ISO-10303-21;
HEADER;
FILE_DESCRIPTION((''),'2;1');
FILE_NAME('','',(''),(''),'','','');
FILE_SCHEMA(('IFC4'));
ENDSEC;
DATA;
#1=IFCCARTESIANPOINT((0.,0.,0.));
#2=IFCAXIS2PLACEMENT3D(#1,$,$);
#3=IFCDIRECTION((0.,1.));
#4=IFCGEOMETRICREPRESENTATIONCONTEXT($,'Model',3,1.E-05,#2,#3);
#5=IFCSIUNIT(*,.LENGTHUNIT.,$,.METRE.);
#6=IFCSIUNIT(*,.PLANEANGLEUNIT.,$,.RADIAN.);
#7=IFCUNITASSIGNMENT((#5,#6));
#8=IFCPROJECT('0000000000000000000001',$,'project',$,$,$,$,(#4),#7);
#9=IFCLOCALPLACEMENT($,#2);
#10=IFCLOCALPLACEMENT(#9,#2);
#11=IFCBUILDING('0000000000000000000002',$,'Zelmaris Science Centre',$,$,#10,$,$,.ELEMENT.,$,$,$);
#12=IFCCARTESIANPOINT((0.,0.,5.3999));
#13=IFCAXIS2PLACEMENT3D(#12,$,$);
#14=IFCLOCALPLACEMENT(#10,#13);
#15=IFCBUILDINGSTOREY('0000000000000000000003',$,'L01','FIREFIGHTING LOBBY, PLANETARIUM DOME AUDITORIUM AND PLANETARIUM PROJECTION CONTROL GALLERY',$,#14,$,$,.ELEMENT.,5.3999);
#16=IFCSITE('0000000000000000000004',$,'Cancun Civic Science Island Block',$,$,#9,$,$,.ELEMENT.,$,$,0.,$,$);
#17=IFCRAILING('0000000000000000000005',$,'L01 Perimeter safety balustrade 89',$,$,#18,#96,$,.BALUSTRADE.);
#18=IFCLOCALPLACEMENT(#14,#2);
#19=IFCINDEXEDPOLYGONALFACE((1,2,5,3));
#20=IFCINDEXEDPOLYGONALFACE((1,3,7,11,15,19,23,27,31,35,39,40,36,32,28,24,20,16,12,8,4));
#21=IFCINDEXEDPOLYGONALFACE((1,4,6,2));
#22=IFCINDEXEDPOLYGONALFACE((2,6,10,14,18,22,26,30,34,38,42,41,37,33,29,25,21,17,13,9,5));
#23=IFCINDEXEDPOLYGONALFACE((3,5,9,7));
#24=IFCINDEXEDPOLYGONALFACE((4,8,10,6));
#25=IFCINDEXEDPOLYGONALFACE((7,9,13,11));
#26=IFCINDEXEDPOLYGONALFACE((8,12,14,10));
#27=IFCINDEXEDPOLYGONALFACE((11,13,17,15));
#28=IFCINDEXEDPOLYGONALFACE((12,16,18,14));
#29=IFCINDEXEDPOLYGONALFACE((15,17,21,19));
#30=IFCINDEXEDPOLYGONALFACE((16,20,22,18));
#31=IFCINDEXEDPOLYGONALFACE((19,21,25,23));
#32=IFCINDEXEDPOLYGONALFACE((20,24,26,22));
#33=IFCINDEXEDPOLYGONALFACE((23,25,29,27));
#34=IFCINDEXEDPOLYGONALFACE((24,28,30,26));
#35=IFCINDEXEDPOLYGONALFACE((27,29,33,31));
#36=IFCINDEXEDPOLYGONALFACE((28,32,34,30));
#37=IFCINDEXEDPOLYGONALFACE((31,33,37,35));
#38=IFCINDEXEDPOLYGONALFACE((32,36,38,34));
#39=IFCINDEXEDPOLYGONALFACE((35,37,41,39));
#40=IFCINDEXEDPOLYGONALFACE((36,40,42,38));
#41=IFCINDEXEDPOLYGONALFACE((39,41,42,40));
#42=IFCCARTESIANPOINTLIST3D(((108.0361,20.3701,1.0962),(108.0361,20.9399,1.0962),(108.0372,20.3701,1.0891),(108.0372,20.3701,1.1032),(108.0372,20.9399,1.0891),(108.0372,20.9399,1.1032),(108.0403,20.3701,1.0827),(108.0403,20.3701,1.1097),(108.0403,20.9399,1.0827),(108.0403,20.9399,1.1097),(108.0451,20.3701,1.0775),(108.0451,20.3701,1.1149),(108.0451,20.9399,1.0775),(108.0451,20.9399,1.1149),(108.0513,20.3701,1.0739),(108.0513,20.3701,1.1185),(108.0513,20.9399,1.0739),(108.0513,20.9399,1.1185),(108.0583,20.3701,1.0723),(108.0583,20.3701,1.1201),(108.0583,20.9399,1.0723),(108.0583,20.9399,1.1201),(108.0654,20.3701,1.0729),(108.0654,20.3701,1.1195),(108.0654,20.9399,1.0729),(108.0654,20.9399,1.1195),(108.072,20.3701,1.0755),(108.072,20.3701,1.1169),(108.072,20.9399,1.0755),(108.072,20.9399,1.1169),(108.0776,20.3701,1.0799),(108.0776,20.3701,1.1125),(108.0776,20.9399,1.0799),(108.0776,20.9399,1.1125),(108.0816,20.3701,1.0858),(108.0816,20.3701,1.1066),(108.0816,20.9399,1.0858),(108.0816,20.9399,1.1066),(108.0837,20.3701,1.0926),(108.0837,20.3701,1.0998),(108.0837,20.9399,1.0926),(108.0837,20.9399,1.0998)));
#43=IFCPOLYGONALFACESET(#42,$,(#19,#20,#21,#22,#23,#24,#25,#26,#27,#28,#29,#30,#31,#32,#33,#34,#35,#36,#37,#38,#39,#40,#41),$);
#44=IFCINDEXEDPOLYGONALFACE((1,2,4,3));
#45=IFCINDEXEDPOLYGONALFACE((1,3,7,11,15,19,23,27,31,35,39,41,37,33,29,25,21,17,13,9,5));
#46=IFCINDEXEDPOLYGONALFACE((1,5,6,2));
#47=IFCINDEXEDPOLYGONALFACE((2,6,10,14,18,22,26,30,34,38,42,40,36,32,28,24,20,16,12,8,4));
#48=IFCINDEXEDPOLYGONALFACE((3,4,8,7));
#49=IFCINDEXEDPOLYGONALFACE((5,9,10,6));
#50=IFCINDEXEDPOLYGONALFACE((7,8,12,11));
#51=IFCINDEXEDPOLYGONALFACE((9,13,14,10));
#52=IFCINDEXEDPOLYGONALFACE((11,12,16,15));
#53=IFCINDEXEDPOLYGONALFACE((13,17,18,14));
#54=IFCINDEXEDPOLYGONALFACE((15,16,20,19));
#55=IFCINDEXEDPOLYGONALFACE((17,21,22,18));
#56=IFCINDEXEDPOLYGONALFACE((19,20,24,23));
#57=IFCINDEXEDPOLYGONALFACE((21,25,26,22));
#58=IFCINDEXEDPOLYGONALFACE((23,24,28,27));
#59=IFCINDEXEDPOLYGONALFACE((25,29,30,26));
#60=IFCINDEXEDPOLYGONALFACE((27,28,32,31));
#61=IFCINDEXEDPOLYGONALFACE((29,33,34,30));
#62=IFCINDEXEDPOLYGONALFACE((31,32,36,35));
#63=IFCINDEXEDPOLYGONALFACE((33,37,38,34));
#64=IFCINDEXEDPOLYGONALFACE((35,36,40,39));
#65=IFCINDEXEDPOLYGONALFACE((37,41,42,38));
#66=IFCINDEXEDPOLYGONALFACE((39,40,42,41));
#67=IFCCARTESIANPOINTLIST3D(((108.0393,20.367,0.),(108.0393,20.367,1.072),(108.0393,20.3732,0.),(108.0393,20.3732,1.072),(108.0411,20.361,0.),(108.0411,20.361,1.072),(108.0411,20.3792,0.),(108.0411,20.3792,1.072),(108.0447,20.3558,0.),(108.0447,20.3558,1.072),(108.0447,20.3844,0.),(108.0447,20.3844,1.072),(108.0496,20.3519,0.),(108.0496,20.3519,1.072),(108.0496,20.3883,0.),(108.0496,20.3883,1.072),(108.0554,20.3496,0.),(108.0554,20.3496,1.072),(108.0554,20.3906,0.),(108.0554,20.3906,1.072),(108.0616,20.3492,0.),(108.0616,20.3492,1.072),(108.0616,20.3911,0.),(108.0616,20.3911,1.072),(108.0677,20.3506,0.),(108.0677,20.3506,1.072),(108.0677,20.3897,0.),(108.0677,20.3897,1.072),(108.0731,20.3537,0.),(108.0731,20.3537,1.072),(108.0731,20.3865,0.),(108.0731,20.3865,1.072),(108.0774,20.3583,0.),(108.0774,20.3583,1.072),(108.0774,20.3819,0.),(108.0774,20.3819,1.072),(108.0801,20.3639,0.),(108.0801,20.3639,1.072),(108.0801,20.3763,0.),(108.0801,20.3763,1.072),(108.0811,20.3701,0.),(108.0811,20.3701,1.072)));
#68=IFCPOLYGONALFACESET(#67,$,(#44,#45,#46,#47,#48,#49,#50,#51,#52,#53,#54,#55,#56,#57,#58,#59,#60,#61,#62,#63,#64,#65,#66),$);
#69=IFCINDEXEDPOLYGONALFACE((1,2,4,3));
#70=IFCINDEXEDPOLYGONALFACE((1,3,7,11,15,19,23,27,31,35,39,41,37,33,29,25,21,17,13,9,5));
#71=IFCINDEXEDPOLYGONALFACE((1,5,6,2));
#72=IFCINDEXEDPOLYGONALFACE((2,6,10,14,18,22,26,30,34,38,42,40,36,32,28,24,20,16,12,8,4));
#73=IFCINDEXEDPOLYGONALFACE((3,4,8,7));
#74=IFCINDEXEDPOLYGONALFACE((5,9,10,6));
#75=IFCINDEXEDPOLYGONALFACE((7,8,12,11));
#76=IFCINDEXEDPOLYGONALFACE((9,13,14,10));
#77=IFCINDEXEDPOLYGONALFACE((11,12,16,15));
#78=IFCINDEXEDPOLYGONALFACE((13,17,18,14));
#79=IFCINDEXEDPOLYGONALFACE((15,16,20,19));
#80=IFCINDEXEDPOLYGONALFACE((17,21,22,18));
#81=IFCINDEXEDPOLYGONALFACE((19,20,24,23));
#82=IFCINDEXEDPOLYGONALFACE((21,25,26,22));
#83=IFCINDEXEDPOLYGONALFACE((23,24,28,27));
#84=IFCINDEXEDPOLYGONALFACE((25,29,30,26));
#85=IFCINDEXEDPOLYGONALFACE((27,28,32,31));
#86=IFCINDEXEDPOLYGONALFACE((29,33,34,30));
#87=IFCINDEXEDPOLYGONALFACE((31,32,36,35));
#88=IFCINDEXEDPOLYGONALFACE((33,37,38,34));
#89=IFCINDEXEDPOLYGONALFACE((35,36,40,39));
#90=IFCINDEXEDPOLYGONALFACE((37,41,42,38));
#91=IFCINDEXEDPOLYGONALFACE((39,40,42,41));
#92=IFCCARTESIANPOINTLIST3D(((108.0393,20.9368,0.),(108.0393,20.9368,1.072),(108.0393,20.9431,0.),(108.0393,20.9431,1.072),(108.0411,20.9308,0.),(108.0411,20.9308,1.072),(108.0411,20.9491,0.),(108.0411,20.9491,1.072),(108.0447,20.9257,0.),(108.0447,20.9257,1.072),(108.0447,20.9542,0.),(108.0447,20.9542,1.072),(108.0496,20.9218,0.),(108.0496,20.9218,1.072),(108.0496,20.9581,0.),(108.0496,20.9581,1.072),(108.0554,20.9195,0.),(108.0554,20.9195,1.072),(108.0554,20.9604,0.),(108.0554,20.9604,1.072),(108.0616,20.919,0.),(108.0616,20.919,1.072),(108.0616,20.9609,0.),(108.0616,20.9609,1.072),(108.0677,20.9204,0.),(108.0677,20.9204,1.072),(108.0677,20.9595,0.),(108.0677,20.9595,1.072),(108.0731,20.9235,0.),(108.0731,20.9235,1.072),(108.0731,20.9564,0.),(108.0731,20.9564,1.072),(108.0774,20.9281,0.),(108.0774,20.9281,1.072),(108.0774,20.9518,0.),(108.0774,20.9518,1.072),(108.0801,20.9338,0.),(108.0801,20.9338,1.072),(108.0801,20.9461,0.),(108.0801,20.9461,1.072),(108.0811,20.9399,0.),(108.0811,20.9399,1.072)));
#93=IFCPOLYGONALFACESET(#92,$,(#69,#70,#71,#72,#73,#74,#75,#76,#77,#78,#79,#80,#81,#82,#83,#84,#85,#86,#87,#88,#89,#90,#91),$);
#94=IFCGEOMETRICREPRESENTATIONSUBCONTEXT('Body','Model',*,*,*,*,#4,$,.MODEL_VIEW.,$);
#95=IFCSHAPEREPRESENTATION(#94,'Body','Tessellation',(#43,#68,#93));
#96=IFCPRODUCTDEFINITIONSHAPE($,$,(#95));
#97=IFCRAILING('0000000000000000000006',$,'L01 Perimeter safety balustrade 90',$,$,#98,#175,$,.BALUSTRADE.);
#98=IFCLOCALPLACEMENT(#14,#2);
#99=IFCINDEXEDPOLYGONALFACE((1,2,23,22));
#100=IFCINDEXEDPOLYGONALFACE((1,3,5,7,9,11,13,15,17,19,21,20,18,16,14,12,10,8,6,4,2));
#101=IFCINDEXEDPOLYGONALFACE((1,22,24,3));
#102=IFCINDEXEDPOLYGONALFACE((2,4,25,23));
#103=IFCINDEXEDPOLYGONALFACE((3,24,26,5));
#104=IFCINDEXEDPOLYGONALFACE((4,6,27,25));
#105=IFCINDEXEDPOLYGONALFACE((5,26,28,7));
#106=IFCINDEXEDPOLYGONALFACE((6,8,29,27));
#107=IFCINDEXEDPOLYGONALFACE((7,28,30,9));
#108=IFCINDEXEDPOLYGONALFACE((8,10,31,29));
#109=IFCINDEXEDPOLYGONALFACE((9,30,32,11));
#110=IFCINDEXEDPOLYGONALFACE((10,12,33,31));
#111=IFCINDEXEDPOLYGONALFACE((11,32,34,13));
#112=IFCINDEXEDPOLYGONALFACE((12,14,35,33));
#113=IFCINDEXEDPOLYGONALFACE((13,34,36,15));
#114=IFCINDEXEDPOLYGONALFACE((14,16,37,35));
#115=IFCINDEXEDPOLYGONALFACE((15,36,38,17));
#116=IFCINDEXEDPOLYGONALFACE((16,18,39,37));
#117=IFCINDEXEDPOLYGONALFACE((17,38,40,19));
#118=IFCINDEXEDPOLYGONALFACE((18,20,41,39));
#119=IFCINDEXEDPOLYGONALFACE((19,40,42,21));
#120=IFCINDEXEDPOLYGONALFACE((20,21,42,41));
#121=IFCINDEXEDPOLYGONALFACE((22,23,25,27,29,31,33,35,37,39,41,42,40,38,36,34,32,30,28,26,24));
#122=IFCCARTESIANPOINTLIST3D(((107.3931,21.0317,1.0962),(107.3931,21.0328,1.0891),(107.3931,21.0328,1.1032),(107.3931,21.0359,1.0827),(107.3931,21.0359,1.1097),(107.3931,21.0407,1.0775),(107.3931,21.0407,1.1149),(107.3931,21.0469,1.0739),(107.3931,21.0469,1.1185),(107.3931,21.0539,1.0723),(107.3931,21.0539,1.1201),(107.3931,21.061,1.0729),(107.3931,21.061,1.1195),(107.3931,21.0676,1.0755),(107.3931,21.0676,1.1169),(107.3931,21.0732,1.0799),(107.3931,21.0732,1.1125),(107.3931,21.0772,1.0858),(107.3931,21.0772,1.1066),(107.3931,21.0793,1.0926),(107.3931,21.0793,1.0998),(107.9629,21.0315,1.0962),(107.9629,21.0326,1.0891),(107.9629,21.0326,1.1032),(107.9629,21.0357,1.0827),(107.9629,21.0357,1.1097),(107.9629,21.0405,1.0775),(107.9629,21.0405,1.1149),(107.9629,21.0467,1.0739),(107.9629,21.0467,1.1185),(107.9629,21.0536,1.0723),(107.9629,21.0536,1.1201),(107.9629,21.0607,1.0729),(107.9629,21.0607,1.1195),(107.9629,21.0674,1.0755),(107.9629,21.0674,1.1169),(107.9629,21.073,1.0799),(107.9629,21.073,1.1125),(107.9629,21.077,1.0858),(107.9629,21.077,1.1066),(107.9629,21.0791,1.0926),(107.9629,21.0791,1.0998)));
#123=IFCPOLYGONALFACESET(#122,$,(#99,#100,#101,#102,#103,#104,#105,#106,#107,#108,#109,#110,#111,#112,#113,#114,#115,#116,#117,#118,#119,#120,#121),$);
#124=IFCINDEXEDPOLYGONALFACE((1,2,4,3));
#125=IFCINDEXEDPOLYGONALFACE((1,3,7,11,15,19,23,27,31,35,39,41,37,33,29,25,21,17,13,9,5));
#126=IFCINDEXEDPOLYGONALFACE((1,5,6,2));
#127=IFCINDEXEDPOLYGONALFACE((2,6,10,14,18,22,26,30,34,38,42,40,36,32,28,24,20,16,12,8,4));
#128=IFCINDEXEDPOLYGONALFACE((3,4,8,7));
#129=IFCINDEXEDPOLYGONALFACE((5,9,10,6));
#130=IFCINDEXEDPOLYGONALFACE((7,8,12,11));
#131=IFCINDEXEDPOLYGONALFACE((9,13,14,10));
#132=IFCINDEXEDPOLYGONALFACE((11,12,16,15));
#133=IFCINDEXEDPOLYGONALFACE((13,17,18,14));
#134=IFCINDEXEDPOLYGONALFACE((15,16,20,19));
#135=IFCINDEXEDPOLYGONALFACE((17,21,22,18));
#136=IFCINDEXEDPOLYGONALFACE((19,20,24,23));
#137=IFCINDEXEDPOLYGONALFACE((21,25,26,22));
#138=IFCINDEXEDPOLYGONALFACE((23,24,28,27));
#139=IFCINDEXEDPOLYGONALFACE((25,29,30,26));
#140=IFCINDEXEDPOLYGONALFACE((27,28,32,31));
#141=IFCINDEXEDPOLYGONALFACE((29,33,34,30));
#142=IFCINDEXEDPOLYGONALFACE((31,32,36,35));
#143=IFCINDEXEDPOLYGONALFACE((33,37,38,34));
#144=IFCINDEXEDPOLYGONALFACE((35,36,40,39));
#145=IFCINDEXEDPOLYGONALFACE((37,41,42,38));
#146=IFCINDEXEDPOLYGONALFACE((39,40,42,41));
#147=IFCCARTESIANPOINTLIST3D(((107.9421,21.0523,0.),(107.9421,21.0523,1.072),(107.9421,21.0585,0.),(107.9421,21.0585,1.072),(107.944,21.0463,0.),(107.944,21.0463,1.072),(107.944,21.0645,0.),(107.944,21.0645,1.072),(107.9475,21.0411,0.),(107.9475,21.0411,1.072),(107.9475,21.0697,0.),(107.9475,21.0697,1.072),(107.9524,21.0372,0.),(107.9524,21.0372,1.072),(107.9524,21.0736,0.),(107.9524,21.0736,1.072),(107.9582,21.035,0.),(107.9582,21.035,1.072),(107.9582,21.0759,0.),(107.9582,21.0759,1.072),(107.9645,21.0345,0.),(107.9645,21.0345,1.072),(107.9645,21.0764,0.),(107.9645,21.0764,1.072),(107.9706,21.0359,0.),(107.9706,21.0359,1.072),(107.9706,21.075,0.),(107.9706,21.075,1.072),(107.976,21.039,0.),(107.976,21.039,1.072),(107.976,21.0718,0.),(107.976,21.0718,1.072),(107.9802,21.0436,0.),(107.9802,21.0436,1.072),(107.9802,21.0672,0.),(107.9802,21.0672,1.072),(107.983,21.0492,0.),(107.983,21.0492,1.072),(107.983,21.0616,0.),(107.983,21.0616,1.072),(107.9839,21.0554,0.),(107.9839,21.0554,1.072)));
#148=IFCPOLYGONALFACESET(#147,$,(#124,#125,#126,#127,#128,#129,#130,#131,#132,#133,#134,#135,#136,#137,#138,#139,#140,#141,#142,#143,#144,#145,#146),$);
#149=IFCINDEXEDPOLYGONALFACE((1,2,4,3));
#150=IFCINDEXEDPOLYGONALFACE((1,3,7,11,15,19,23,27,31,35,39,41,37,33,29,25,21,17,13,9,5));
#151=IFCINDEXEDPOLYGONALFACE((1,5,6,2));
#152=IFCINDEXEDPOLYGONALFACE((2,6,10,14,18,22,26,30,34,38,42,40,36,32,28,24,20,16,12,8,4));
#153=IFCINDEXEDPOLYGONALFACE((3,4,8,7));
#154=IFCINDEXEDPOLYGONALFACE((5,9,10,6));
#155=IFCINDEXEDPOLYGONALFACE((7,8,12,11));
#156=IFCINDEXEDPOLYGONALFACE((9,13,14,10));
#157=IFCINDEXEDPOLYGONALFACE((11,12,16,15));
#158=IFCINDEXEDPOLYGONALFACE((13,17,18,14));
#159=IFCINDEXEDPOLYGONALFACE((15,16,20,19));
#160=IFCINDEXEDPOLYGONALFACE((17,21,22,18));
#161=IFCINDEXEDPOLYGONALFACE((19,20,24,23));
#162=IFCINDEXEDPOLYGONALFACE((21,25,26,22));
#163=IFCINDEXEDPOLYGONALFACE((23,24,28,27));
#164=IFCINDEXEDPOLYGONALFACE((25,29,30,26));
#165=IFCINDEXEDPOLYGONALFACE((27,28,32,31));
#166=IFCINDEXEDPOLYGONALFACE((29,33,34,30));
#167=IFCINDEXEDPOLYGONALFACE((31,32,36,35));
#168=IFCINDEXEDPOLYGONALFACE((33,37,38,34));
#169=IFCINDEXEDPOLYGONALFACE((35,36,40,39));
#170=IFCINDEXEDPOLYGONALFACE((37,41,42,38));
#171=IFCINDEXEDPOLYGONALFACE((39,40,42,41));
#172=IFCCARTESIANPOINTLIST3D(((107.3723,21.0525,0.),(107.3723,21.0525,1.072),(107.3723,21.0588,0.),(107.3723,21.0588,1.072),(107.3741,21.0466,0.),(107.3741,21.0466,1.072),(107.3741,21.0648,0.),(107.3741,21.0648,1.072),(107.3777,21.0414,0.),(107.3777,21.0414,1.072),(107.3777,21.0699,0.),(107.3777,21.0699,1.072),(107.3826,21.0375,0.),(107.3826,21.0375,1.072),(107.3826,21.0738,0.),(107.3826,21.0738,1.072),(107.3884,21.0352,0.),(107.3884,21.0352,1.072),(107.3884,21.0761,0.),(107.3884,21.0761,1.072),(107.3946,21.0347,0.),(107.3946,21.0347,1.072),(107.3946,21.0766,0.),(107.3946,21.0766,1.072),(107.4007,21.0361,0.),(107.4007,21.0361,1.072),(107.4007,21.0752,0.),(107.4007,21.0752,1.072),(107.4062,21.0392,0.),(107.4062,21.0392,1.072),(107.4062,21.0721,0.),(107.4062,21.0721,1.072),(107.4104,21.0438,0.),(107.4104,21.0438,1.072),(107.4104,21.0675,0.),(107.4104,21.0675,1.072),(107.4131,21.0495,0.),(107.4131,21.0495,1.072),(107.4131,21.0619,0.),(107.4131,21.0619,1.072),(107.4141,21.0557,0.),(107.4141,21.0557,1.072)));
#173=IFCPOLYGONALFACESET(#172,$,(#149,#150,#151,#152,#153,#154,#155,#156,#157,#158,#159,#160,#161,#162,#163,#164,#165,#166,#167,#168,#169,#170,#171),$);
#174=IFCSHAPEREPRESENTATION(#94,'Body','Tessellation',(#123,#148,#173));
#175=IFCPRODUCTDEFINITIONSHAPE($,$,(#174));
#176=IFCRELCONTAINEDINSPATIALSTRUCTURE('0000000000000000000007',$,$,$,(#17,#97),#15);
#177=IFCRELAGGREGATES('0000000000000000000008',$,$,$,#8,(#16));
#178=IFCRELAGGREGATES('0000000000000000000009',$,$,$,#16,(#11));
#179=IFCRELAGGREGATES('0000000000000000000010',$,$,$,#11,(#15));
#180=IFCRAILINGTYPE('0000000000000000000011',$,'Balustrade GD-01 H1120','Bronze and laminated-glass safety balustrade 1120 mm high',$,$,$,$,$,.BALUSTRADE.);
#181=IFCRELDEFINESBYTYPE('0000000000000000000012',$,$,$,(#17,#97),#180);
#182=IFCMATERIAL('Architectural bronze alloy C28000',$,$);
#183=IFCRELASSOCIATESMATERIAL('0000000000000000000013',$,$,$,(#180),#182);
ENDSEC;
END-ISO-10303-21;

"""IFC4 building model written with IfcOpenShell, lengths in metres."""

from ifc_helpers import new_model, si_unit, direction, frame, origin, origin_2d, place, context, subcontext, project, spatial, circle, extrude, material, type_object, element, save


model = new_model("IFC4")

# Units and contexts
model_context = context("Model", 3, precision=1e-05, world=origin(), true_north=direction((0.0, 1.0)))
body_context = subcontext(model_context, "Body", "Model", "MODEL_VIEW")
ifc_project = project(units=[si_unit("LENGTHUNIT", "METRE"), si_unit("PLANEANGLEUNIT", "RADIAN")], contexts=[model_context])

# Site, building, storey
site_placement = place(None, origin())
site = spatial("IfcSite", under=ifc_project, at=site_placement, Name="Cancun Civic Science Island Block", CompositionType="ELEMENT", RefElevation=0.0)
building_placement = place(site_placement, origin())
building = spatial("IfcBuilding", under=site, at=building_placement, Name="Zelmaris Science Centre", CompositionType="ELEMENT")
storey_placement = place(building_placement, frame((0.0, 0.0, 5.3999)))
storey = spatial("IfcBuildingStorey", under=building, at=storey_placement, Name="L01", Description="FIREFIGHTING LOBBY, PLANETARIUM DOME AUDITORIUM AND PLANETARIUM PROJECTION CONTROL GALLERY", CompositionType="ELEMENT", Elevation=5.3999)

# Railings
ifc_material_1 = material(Name="Architectural bronze alloy C28000")
railing_type = type_object("IfcRailingType", Name="Balustrade GD-01 H1120", Description="Bronze and laminated-glass safety balustrade 1120 mm high", PredefinedType="BALUSTRADE", material=ifc_material_1)
railing_1_placement = place(storey_placement, frame((108.0601, 20.3701, 0.0)))
element("IfcRailing", 1, at=railing_1_placement, inside=storey, type_object=railing_type, Name="L01 Perimeter safety balustrade 89", PredefinedType="BALUSTRADE", context=body_context, shape_type="SweptSolid", body=[
    extrude(circle(Radius=0.0239, at=origin_2d()), frame((0.0, 0.0, 1.0962), z_axis=(0.0, 1.0, 0.0), x_axis=(-1.0, 0.0, 0.0)), (0.0, 0.0, 1.0), 0.5698),
    extrude(circle(Radius=0.021, at=origin_2d()), origin(), (0.0, 0.0, 1.0), 1.072),
    extrude(circle(Radius=0.021, at=origin_2d()), frame((0.0, 0.5698, 0.0)), (0.0, 0.0, 1.0), 1.072),
])
railing_2_placement = place(storey_placement, frame((107.9629, 21.0554, 0.0)))
element("IfcRailing", 2, at=railing_2_placement, inside=storey, type_object=railing_type, Name="L01 Perimeter safety balustrade 90", PredefinedType="BALUSTRADE", context=body_context, shape_type="SweptSolid", body=[
    extrude(circle(Radius=0.0239, at=origin_2d()), frame((0.0, 0.0, 1.0962), z_axis=(-1.0, 0.000428, 0.0), x_axis=(-0.000428, -1.0, 0.0)), (0.0, 0.0, 1.0), 0.5698),
    extrude(circle(Radius=0.021, at=origin_2d()), origin(), (0.0, 0.0, 1.0), 1.072),
    extrude(circle(Radius=0.021, at=origin_2d()), frame((-0.5698, 0.0002, 0.0)), (0.0, 0.0, 1.0), 1.072),
])

save(model, "model.ifc")
